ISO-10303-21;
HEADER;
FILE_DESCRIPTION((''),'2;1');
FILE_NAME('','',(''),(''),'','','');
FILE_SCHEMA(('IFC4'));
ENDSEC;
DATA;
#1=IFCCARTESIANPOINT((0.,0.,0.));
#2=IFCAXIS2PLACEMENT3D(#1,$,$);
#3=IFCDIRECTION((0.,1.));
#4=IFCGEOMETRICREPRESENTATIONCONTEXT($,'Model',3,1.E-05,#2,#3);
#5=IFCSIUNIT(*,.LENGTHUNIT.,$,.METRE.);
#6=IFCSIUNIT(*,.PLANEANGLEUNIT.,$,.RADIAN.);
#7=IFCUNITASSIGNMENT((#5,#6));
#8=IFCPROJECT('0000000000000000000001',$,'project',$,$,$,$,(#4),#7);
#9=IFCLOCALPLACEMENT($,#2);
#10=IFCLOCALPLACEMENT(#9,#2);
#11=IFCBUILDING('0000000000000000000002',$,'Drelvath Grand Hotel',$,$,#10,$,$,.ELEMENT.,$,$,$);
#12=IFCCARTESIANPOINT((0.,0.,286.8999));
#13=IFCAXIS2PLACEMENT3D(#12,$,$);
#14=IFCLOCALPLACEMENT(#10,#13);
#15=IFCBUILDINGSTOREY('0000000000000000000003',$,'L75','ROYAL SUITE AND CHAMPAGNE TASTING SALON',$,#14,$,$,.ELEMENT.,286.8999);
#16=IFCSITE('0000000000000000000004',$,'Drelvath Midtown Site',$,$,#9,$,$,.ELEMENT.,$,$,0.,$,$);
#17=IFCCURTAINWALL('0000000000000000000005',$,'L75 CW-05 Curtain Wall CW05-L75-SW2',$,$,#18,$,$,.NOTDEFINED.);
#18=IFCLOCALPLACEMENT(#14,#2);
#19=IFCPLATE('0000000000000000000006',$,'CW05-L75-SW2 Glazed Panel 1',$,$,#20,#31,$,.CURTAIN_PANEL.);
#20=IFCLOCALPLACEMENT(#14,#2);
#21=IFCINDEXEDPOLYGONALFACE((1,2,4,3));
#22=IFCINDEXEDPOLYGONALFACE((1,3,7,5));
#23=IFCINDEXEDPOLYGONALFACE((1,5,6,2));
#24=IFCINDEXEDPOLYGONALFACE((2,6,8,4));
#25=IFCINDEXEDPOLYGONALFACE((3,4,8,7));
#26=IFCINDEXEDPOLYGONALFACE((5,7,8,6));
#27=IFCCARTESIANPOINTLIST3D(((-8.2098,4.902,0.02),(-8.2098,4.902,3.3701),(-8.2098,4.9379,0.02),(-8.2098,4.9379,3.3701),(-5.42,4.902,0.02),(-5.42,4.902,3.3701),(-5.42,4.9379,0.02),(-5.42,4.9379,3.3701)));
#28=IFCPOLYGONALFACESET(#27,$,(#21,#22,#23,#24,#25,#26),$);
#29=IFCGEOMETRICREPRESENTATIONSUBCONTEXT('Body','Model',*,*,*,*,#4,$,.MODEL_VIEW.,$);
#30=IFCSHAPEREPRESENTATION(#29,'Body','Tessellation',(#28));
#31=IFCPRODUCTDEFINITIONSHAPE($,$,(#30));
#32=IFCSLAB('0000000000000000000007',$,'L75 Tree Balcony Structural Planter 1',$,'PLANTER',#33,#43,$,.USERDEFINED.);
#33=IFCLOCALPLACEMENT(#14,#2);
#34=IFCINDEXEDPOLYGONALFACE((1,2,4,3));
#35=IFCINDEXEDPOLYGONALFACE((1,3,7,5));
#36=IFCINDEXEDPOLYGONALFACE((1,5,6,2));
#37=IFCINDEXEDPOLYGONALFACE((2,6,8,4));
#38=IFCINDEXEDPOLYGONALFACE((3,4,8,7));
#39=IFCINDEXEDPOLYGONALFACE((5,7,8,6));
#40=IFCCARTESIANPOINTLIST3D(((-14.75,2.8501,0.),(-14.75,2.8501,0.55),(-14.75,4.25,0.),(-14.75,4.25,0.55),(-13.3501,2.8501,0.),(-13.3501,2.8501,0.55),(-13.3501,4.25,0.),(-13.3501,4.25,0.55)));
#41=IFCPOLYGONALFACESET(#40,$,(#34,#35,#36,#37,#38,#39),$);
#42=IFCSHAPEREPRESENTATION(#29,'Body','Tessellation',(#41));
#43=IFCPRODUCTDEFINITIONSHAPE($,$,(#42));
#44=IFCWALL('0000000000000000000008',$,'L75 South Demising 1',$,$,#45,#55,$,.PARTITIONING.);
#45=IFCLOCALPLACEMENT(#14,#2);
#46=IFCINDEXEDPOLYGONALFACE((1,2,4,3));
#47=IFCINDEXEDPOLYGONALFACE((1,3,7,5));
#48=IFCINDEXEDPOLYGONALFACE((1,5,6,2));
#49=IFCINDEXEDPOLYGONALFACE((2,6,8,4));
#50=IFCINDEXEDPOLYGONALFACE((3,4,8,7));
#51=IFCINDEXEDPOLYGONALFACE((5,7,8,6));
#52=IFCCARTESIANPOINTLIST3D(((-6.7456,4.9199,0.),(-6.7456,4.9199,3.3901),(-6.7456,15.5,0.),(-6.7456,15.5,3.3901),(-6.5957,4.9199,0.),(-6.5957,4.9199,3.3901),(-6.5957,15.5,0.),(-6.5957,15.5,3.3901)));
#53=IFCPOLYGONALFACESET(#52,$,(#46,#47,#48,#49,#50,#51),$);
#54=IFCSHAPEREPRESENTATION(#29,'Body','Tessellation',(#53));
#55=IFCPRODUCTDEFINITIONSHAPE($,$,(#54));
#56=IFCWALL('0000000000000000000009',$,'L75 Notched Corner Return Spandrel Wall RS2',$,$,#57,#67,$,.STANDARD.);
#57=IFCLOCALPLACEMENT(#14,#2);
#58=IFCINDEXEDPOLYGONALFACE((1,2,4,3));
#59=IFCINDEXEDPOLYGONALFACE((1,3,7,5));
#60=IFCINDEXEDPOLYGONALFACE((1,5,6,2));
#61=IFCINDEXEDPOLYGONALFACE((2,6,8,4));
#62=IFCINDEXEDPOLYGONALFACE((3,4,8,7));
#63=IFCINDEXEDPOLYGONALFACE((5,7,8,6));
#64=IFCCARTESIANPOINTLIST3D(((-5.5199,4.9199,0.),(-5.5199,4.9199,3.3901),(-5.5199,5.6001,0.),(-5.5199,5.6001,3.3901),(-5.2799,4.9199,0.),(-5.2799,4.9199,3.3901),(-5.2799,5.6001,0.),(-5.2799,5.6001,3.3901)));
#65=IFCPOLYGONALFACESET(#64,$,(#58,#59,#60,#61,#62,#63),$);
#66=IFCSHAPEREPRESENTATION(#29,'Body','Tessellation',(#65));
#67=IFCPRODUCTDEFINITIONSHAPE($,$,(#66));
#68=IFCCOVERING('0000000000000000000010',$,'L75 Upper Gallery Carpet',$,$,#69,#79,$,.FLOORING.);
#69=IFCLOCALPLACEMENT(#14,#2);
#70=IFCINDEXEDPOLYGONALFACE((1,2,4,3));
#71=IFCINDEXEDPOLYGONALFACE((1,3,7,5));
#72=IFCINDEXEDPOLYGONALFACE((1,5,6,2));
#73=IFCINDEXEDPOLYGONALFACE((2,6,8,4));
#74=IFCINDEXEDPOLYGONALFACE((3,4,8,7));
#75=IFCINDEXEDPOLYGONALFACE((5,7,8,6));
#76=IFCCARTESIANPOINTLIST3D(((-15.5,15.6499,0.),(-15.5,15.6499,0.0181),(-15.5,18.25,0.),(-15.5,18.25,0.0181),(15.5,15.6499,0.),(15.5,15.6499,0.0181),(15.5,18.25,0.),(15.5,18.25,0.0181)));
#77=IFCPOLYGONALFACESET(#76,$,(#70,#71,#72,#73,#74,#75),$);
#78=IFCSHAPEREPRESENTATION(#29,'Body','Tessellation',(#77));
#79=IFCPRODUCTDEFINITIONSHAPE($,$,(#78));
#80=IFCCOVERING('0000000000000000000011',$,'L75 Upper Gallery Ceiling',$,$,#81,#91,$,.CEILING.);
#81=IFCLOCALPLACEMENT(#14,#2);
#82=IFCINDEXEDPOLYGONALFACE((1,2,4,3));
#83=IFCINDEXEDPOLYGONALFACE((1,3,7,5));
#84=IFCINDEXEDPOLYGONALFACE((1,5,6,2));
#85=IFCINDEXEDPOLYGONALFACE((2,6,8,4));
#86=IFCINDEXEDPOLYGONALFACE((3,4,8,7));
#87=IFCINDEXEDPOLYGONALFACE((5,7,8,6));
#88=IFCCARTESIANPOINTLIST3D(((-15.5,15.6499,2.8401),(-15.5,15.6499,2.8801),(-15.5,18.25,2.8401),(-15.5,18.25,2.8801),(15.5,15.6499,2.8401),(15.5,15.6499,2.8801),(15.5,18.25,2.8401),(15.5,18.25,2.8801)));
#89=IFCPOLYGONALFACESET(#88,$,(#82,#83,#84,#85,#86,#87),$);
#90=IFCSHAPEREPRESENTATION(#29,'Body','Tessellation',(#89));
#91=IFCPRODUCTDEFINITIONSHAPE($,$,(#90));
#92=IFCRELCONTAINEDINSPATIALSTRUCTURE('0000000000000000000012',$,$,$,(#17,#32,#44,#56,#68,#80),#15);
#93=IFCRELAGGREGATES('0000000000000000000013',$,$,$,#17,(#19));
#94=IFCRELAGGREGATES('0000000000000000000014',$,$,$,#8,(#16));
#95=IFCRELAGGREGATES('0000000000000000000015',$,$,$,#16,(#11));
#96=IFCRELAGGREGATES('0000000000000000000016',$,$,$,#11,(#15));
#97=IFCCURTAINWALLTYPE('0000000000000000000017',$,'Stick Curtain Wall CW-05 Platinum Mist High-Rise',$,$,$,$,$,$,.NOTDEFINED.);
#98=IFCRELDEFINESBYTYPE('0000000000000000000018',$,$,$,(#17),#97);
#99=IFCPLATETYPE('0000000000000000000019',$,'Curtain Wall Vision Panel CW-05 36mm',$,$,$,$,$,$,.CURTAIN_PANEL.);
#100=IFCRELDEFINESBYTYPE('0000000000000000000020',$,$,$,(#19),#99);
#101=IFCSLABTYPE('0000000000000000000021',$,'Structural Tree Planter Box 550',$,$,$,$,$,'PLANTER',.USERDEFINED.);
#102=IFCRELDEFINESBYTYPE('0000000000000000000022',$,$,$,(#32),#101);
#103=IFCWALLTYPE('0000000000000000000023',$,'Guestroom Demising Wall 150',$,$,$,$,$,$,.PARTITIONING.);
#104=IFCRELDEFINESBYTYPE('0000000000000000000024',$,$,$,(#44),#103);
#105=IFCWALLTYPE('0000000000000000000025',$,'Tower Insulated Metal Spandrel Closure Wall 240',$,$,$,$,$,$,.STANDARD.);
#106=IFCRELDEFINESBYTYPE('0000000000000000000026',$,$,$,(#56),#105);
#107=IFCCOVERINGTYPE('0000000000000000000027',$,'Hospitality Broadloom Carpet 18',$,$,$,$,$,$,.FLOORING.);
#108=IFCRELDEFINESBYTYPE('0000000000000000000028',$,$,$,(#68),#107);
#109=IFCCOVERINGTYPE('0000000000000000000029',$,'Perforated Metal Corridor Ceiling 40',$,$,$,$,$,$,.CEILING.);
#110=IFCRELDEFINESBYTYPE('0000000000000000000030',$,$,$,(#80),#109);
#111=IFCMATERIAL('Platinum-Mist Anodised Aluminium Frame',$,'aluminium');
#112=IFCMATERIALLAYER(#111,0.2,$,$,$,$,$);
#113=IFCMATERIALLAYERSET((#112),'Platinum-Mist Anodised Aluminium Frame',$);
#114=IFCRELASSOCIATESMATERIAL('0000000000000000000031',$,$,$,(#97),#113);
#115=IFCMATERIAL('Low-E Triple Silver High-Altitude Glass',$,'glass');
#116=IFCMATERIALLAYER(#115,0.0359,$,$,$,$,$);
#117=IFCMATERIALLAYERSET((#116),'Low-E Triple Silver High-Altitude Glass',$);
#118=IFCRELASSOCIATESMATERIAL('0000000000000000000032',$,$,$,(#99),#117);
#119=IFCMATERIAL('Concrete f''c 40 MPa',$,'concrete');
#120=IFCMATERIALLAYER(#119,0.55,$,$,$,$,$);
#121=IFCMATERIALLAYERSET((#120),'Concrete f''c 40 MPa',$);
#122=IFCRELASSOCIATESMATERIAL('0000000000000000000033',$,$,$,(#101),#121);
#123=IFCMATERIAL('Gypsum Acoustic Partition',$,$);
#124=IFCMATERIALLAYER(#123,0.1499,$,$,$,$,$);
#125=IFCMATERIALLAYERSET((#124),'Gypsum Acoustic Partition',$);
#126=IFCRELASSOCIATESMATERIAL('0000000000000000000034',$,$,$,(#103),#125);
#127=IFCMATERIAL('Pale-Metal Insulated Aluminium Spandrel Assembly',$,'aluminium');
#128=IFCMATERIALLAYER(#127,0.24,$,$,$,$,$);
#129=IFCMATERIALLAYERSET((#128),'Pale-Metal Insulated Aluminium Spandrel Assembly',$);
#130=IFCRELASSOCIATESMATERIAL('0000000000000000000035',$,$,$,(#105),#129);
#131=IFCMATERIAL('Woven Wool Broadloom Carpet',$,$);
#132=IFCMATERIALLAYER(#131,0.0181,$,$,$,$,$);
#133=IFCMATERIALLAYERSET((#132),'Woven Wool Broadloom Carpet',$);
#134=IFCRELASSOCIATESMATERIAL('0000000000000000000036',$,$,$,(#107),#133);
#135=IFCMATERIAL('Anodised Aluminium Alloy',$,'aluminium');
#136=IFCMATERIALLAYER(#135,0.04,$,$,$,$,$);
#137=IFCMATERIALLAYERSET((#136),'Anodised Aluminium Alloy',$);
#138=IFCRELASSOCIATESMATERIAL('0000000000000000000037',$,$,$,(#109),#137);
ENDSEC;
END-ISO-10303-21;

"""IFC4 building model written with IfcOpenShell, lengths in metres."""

from ifc_helpers import new_model, si_unit, direction, frame, frame_2d, origin, origin_2d, place, context, subcontext, project, spatial, polyline, rectangle, outline, extrude, material, layer, layer_set, type_object, element, aggregate, save


model = new_model("IFC4")

# Units and contexts
model_context = context("Model", 3, precision=1e-05, world=origin(), true_north=direction((0.0, 1.0)))
body_context = subcontext(model_context, "Body", "Model", "MODEL_VIEW")
ifc_project = project(units=[si_unit("LENGTHUNIT", "METRE"), si_unit("PLANEANGLEUNIT", "RADIAN")], contexts=[model_context])

# Site, building, storey
site_placement = place(None, origin())
site = spatial("IfcSite", under=ifc_project, at=site_placement, Name="Drelvath Midtown Site", CompositionType="ELEMENT", RefElevation=0.0)
building_placement = place(site_placement, origin())
building = spatial("IfcBuilding", under=site, at=building_placement, Name="Drelvath Grand Hotel", CompositionType="ELEMENT")
storey_placement = place(building_placement, frame((0.0, 0.0, 286.8999)))
storey = spatial("IfcBuildingStorey", under=building, at=storey_placement, Name="L75", Description="ROYAL SUITE AND CHAMPAGNE TASTING SALON", CompositionType="ELEMENT", Elevation=286.8999)

# Curtain wall
ifc_material_1 = material(Name="Platinum-Mist Anodised Aluminium Frame", Category="aluminium")
ifc_layer_1 = layer(ifc_material_1, 0.2)
ifc_layer_set_1 = layer_set([ifc_layer_1], Name="Platinum-Mist Anodised Aluminium Frame")
curtain_wall_type = type_object("IfcCurtainWallType", Name="Stick Curtain Wall CW-05 Platinum Mist High-Rise", PredefinedType="NOTDEFINED", material=ifc_layer_set_1)
curtain_wall_1_placement = place(storey_placement, origin())
curtain_wall_1 = element("IfcCurtainWall", 1, at=curtain_wall_1_placement, inside=storey, type_object=curtain_wall_type, Name="L75 CW-05 Curtain Wall CW05-L75-SW2", PredefinedType="NOTDEFINED")

# Shared definitions
ifc_material_2 = material(Name="Concrete f'c 40 MPa", Category="concrete")

# Plate
ifc_material_3 = material(Name="Low-E Triple Silver High-Altitude Glass", Category="glass")
ifc_layer_2 = layer(ifc_material_3, 0.0359)
ifc_layer_set_2 = layer_set([ifc_layer_2], Name="Low-E Triple Silver High-Altitude Glass")
plate_type = type_object("IfcPlateType", Name="Curtain Wall Vision Panel CW-05 36mm", PredefinedType="CURTAIN_PANEL", material=ifc_layer_set_2)
plate_1_placement = place(storey_placement, frame((-6.8149, 4.9199, 0.02), z_axis=(0.0, 0.0, 1.0), x_axis=(-1.0, 0.0, 0.0)))
plate_1 = element("IfcPlate", 2, at=plate_1_placement, type_object=plate_type, Name="CW05-L75-SW2 Glazed Panel 1", PredefinedType="CURTAIN_PANEL", context=body_context, shape_type="SweptSolid", body=[
    extrude(rectangle(XDim=2.7898, YDim=0.0359, at=origin_2d()), origin(), (0.0, 0.0, 1.0), 3.3501),
])
aggregate(curtain_wall_1, [plate_1])

# Slab
ifc_layer_3 = layer(ifc_material_2, 0.55)
ifc_layer_set_3 = layer_set([ifc_layer_3], Name="Concrete f'c 40 MPa")
slab_type_1 = type_object("IfcSlabType", Name="Structural Tree Planter Box 550", ElementType="PLANTER", PredefinedType="USERDEFINED", material=ifc_layer_set_3)
slab_1_placement = place(storey_placement, origin())
element("IfcSlab", 3, at=slab_1_placement, inside=storey, type_object=slab_type_1, Name="L75 Tree Balcony Structural Planter 1", ObjectType="PLANTER", PredefinedType="USERDEFINED", context=body_context, shape_type="SweptSolid", body=[
    extrude(outline(polyline([(-14.75, 2.8501), (-13.3501, 2.8501), (-13.3501, 4.25), (-14.75, 4.25), (-14.75, 2.8501)])), origin(), (0.0, 0.0, 1.0), 0.55),
])

# Walls
ifc_material_4 = material(Name="Gypsum Acoustic Partition")
ifc_layer_4 = layer(ifc_material_4, 0.1499)
ifc_layer_set_4 = layer_set([ifc_layer_4], Name="Gypsum Acoustic Partition")
wall_type_1 = type_object("IfcWallType", Name="Guestroom Demising Wall 150", PredefinedType="PARTITIONING", material=ifc_layer_set_4)
wall_1_placement = place(storey_placement, frame((-6.6707, 4.9199, 0.0), z_axis=(0.0, 0.0, 1.0), x_axis=(0.0, 1.0, 0.0)))
element("IfcWall", 4, at=wall_1_placement, inside=storey, type_object=wall_type_1, Name="L75 South Demising 1", PredefinedType="PARTITIONING", context=body_context, shape_type="SweptSolid", body=[
    extrude(rectangle(XDim=10.5801, YDim=0.1499, at=frame_2d((5.29, 0.0))), origin(), (0.0, 0.0, 1.0), 3.3901),
])
ifc_material_5 = material(Name="Pale-Metal Insulated Aluminium Spandrel Assembly", Category="aluminium")
ifc_layer_5 = layer(ifc_material_5, 0.24)
ifc_layer_set_5 = layer_set([ifc_layer_5], Name="Pale-Metal Insulated Aluminium Spandrel Assembly")
wall_type_2 = type_object("IfcWallType", Name="Tower Insulated Metal Spandrel Closure Wall 240", PredefinedType="STANDARD", material=ifc_layer_set_5)
wall_2_placement = place(storey_placement, frame((-5.3999, 5.6001, 0.0), z_axis=(0.0, 0.0, 1.0), x_axis=(0.0, -1.0, 0.0)))
element("IfcWall", 5, at=wall_2_placement, inside=storey, type_object=wall_type_2, Name="L75 Notched Corner Return Spandrel Wall RS2", PredefinedType="STANDARD", context=body_context, shape_type="SweptSolid", body=[
    extrude(rectangle(XDim=0.6802, YDim=0.24, at=frame_2d((0.3401, 0.0))), origin(), (0.0, 0.0, 1.0), 3.3901),
])

# Coverings
ifc_material_6 = material(Name="Woven Wool Broadloom Carpet")
ifc_layer_6 = layer(ifc_material_6, 0.0181)
ifc_layer_set_6 = layer_set([ifc_layer_6], Name="Woven Wool Broadloom Carpet")
covering_type_1 = type_object("IfcCoveringType", Name="Hospitality Broadloom Carpet 18", PredefinedType="FLOORING", material=ifc_layer_set_6)
covering_1_placement = place(storey_placement, origin())
element("IfcCovering", 6, at=covering_1_placement, inside=storey, type_object=covering_type_1, Name="L75 Upper Gallery Carpet", PredefinedType="FLOORING", context=body_context, shape_type="SweptSolid", body=[
    extrude(outline(polyline([(15.5, 15.6499), (15.5, 18.25), (-15.5, 18.25), (-15.5, 15.6499), (15.5, 15.6499)])), origin(), (0.0, 0.0, 1.0), 0.0181),
])
ifc_material_7 = material(Name="Anodised Aluminium Alloy", Category="aluminium")
ifc_layer_7 = layer(ifc_material_7, 0.04)
ifc_layer_set_7 = layer_set([ifc_layer_7], Name="Anodised Aluminium Alloy")
covering_type_2 = type_object("IfcCoveringType", Name="Perforated Metal Corridor Ceiling 40", PredefinedType="CEILING", material=ifc_layer_set_7)
covering_2_placement = place(storey_placement, frame((0.0, 0.0, 2.8401)))
element("IfcCovering", 7, at=covering_2_placement, inside=storey, type_object=covering_type_2, Name="L75 Upper Gallery Ceiling", PredefinedType="CEILING", context=body_context, shape_type="SweptSolid", body=[
    extrude(outline(polyline([(15.5, 15.6499), (15.5, 18.25), (-15.5, 18.25), (-15.5, 15.6499), (15.5, 15.6499)])), origin(), (0.0, 0.0, 1.0), 0.04),
])

save(model, "model.ifc")
